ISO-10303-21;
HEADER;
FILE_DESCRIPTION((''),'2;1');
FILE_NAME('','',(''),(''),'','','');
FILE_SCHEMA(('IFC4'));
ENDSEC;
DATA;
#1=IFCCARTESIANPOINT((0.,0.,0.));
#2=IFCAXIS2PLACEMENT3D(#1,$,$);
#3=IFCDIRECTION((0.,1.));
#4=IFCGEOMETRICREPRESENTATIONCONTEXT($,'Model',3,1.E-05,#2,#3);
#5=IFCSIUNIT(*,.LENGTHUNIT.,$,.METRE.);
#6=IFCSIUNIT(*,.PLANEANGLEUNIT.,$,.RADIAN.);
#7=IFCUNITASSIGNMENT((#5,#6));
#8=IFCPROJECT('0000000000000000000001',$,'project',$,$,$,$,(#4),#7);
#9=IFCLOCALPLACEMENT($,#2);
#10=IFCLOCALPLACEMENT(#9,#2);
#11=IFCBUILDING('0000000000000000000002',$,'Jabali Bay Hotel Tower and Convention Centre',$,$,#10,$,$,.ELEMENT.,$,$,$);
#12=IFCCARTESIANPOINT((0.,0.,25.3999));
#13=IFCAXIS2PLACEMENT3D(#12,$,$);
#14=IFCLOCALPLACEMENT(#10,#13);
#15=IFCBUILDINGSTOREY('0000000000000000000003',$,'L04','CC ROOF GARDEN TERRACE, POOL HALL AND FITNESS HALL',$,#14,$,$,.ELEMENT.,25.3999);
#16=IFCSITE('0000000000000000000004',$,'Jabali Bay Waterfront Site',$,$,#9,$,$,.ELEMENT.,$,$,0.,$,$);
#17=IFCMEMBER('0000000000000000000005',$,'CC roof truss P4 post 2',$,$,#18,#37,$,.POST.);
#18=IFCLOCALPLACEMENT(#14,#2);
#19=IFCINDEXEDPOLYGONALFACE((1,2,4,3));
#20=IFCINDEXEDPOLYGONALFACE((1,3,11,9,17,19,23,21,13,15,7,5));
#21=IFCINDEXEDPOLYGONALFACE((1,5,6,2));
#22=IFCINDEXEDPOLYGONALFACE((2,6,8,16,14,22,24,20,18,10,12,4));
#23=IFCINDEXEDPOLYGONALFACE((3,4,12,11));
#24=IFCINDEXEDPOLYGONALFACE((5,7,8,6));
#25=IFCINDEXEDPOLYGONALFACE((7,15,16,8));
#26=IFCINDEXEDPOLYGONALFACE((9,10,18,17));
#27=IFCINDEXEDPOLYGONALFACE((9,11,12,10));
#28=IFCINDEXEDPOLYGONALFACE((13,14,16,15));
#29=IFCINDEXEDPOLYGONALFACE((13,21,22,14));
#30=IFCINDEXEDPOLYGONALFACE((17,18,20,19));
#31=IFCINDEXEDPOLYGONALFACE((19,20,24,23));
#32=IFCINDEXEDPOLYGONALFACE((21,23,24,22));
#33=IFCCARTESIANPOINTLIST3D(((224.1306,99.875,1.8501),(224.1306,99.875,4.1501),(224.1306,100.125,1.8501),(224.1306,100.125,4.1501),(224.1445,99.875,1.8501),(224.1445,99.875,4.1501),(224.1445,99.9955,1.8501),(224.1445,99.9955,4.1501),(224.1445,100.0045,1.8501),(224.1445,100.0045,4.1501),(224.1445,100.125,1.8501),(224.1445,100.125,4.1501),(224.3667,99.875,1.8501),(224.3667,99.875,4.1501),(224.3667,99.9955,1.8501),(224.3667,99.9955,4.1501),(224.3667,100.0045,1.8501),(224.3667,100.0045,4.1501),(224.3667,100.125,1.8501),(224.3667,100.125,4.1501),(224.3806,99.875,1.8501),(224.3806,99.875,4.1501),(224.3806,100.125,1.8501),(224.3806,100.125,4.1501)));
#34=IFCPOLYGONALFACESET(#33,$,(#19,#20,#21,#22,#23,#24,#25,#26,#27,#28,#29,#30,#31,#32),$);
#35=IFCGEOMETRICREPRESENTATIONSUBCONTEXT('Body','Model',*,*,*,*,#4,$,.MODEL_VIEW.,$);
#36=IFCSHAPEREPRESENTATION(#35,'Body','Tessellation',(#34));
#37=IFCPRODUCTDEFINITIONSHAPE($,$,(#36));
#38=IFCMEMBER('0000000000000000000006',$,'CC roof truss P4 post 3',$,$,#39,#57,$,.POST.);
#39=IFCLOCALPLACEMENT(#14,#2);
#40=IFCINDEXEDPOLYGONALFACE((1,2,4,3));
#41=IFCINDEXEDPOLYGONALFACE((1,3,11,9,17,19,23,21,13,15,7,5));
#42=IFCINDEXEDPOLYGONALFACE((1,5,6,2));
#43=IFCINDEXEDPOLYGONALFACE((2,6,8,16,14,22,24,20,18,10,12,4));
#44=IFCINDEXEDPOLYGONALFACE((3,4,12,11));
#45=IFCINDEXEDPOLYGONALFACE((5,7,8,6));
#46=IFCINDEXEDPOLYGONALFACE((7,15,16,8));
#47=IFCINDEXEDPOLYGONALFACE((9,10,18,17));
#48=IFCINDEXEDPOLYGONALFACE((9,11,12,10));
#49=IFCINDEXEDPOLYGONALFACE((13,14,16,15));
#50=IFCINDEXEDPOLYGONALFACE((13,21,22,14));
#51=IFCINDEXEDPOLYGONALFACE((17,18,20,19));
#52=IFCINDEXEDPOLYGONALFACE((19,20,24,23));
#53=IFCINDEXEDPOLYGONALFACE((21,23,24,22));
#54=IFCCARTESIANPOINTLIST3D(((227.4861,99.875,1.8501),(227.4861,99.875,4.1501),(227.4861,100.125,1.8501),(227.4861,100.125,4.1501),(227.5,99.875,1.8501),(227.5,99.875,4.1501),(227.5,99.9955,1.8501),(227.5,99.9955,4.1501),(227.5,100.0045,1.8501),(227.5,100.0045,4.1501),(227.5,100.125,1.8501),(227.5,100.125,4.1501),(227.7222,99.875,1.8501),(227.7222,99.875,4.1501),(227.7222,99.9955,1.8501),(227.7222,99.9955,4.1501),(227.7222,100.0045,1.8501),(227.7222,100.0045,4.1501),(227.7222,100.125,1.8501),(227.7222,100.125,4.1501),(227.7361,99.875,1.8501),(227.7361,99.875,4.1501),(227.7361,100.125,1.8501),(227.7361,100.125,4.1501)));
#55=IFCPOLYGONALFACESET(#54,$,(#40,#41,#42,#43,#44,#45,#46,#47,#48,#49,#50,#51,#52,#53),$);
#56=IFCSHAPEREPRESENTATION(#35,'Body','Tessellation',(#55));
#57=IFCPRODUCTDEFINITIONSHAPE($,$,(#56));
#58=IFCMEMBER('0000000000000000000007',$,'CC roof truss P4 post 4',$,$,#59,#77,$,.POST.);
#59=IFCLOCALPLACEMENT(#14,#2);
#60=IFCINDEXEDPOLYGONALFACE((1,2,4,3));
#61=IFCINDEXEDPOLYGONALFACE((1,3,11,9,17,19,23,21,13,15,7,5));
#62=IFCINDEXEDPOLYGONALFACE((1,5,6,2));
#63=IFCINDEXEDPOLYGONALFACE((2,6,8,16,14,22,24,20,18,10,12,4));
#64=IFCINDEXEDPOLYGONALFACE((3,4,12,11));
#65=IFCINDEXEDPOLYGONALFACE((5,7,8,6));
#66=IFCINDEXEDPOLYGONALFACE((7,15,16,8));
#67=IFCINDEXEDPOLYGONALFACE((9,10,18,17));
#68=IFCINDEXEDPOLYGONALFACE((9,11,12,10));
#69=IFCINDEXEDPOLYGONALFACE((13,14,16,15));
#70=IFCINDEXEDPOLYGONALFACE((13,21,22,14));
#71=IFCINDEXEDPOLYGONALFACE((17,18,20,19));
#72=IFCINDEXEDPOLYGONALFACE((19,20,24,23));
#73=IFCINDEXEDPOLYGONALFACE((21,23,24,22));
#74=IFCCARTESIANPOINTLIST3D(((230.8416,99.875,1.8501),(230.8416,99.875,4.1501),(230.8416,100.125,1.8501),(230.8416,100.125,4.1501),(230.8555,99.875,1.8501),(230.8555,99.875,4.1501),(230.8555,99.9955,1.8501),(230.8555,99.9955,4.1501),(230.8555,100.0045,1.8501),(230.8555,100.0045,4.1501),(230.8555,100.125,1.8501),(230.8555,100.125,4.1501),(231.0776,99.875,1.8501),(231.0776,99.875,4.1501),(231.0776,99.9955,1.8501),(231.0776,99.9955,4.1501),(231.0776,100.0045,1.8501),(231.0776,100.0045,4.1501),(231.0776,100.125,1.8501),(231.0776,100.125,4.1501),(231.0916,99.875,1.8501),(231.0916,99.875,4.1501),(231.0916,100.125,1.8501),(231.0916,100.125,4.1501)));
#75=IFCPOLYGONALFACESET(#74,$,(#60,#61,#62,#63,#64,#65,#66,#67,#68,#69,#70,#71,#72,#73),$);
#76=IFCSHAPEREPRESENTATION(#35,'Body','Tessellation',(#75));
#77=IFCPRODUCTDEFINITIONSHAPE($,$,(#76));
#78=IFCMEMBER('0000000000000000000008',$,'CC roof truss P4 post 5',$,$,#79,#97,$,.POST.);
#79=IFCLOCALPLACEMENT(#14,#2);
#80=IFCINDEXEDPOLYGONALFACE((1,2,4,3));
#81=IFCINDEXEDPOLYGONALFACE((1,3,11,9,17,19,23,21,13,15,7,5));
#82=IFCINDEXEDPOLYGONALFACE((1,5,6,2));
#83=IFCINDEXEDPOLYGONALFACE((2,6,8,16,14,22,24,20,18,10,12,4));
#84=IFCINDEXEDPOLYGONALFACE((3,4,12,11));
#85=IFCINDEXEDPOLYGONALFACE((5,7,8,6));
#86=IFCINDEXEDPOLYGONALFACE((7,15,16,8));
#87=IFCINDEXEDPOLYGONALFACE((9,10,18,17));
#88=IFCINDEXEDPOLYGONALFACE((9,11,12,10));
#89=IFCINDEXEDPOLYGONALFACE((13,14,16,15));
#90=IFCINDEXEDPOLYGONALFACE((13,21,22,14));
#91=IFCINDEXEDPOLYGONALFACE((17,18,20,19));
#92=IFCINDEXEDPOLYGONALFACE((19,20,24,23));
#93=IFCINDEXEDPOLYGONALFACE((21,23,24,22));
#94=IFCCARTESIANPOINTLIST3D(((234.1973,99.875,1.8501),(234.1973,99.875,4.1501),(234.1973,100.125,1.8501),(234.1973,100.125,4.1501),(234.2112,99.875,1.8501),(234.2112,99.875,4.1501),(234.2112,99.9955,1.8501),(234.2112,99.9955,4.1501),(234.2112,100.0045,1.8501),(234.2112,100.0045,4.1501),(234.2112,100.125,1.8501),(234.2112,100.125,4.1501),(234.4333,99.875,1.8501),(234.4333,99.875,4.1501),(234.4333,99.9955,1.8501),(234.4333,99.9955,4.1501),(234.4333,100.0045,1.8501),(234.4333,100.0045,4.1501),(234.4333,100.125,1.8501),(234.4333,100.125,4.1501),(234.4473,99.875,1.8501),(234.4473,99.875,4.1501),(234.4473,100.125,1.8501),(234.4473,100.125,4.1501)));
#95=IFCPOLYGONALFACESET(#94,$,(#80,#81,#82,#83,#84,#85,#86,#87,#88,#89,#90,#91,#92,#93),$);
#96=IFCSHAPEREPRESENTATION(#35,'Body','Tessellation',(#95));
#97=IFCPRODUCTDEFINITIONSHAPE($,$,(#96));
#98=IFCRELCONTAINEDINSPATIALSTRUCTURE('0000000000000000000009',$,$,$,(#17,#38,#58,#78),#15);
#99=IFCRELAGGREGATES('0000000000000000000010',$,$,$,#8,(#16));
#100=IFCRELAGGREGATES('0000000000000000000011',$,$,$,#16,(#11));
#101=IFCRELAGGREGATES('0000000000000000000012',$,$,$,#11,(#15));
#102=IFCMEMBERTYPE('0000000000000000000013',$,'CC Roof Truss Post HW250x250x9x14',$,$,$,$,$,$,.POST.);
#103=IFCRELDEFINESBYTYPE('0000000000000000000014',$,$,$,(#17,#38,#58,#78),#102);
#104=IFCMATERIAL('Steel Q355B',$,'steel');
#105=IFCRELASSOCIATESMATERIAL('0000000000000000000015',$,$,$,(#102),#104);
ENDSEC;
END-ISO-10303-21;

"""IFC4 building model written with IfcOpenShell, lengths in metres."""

from ifc_helpers import new_model, si_unit, direction, frame, origin, origin_2d, place, context, subcontext, project, spatial, i_section, extrude, material, material_profile, profile_set, type_object, element, save


model = new_model("IFC4")

# Units and contexts
model_context = context("Model", 3, precision=1e-05, world=origin(), true_north=direction((0.0, 1.0)))
body_context = subcontext(model_context, "Body", "Model", "MODEL_VIEW")
ifc_project = project(units=[si_unit("LENGTHUNIT", "METRE"), si_unit("PLANEANGLEUNIT", "RADIAN")], contexts=[model_context])

# Site, building, storey
site_placement = place(None, origin())
site = spatial("IfcSite", under=ifc_project, at=site_placement, Name="Jabali Bay Waterfront Site", CompositionType="ELEMENT", RefElevation=0.0)
building_placement = place(site_placement, origin())
building = spatial("IfcBuilding", under=site, at=building_placement, Name="Jabali Bay Hotel Tower and Convention Centre", CompositionType="ELEMENT")
storey_placement = place(building_placement, frame((0.0, 0.0, 25.3999)))
storey = spatial("IfcBuildingStorey", under=building, at=storey_placement, Name="L04", Description="CC ROOF GARDEN TERRACE, POOL HALL AND FITNESS HALL", CompositionType="ELEMENT", Elevation=25.3999)

# Members
ifc_material = material(Name="Steel Q355B", Category="steel")
ifc_material_profile_1 = material_profile(ifc_material, i_section(OverallWidth=0.25, OverallDepth=0.25, WebThickness=0.009, FlangeThickness=0.0139, at=origin_2d()), Name="HW250x250x9x14")
ifc_profile_set_1 = profile_set([ifc_material_profile_1], Name="Steel Q355B")
member_type_1 = type_object("IfcMemberType", Name="CC Roof Truss Post HW250x250x9x14", PredefinedType="POST", material=ifc_profile_set_1)
for number, where, z_axis, x_axis, name in (
    (1, (224.2556, 100.0, 1.8501), (0.0, 0.0, 1.0), (0.0, 1.0, 0.0), "CC roof truss P4 post 2"),
    (2, (227.6111, 100.0, 1.8501), (0.0, 0.0, 1.0), (0.0, 1.0, 0.0), "CC roof truss P4 post 3"),
    (3, (230.9666, 100.0, 1.8501), (0.0, 0.0, 1.0), (0.0, 1.0, 0.0), "CC roof truss P4 post 4"),
    (4, (234.3223, 100.0, 1.8501), (0.0, 0.0, 1.0), (0.0, 1.0, 0.0), "CC roof truss P4 post 5"),
):
    element("IfcMember", number, at=place(storey_placement, frame(where, z_axis=z_axis, x_axis=x_axis)), inside=storey, type_object=member_type_1, Name=name, PredefinedType="POST", context=body_context, shape_type="SweptSolid", body=[
        extrude(i_section(OverallWidth=0.25, OverallDepth=0.25, WebThickness=0.009, FlangeThickness=0.0139, at=origin_2d()), origin(), (0.0, 0.0, 1.0), 2.3),
    ])

save(model, "model.ifc")
